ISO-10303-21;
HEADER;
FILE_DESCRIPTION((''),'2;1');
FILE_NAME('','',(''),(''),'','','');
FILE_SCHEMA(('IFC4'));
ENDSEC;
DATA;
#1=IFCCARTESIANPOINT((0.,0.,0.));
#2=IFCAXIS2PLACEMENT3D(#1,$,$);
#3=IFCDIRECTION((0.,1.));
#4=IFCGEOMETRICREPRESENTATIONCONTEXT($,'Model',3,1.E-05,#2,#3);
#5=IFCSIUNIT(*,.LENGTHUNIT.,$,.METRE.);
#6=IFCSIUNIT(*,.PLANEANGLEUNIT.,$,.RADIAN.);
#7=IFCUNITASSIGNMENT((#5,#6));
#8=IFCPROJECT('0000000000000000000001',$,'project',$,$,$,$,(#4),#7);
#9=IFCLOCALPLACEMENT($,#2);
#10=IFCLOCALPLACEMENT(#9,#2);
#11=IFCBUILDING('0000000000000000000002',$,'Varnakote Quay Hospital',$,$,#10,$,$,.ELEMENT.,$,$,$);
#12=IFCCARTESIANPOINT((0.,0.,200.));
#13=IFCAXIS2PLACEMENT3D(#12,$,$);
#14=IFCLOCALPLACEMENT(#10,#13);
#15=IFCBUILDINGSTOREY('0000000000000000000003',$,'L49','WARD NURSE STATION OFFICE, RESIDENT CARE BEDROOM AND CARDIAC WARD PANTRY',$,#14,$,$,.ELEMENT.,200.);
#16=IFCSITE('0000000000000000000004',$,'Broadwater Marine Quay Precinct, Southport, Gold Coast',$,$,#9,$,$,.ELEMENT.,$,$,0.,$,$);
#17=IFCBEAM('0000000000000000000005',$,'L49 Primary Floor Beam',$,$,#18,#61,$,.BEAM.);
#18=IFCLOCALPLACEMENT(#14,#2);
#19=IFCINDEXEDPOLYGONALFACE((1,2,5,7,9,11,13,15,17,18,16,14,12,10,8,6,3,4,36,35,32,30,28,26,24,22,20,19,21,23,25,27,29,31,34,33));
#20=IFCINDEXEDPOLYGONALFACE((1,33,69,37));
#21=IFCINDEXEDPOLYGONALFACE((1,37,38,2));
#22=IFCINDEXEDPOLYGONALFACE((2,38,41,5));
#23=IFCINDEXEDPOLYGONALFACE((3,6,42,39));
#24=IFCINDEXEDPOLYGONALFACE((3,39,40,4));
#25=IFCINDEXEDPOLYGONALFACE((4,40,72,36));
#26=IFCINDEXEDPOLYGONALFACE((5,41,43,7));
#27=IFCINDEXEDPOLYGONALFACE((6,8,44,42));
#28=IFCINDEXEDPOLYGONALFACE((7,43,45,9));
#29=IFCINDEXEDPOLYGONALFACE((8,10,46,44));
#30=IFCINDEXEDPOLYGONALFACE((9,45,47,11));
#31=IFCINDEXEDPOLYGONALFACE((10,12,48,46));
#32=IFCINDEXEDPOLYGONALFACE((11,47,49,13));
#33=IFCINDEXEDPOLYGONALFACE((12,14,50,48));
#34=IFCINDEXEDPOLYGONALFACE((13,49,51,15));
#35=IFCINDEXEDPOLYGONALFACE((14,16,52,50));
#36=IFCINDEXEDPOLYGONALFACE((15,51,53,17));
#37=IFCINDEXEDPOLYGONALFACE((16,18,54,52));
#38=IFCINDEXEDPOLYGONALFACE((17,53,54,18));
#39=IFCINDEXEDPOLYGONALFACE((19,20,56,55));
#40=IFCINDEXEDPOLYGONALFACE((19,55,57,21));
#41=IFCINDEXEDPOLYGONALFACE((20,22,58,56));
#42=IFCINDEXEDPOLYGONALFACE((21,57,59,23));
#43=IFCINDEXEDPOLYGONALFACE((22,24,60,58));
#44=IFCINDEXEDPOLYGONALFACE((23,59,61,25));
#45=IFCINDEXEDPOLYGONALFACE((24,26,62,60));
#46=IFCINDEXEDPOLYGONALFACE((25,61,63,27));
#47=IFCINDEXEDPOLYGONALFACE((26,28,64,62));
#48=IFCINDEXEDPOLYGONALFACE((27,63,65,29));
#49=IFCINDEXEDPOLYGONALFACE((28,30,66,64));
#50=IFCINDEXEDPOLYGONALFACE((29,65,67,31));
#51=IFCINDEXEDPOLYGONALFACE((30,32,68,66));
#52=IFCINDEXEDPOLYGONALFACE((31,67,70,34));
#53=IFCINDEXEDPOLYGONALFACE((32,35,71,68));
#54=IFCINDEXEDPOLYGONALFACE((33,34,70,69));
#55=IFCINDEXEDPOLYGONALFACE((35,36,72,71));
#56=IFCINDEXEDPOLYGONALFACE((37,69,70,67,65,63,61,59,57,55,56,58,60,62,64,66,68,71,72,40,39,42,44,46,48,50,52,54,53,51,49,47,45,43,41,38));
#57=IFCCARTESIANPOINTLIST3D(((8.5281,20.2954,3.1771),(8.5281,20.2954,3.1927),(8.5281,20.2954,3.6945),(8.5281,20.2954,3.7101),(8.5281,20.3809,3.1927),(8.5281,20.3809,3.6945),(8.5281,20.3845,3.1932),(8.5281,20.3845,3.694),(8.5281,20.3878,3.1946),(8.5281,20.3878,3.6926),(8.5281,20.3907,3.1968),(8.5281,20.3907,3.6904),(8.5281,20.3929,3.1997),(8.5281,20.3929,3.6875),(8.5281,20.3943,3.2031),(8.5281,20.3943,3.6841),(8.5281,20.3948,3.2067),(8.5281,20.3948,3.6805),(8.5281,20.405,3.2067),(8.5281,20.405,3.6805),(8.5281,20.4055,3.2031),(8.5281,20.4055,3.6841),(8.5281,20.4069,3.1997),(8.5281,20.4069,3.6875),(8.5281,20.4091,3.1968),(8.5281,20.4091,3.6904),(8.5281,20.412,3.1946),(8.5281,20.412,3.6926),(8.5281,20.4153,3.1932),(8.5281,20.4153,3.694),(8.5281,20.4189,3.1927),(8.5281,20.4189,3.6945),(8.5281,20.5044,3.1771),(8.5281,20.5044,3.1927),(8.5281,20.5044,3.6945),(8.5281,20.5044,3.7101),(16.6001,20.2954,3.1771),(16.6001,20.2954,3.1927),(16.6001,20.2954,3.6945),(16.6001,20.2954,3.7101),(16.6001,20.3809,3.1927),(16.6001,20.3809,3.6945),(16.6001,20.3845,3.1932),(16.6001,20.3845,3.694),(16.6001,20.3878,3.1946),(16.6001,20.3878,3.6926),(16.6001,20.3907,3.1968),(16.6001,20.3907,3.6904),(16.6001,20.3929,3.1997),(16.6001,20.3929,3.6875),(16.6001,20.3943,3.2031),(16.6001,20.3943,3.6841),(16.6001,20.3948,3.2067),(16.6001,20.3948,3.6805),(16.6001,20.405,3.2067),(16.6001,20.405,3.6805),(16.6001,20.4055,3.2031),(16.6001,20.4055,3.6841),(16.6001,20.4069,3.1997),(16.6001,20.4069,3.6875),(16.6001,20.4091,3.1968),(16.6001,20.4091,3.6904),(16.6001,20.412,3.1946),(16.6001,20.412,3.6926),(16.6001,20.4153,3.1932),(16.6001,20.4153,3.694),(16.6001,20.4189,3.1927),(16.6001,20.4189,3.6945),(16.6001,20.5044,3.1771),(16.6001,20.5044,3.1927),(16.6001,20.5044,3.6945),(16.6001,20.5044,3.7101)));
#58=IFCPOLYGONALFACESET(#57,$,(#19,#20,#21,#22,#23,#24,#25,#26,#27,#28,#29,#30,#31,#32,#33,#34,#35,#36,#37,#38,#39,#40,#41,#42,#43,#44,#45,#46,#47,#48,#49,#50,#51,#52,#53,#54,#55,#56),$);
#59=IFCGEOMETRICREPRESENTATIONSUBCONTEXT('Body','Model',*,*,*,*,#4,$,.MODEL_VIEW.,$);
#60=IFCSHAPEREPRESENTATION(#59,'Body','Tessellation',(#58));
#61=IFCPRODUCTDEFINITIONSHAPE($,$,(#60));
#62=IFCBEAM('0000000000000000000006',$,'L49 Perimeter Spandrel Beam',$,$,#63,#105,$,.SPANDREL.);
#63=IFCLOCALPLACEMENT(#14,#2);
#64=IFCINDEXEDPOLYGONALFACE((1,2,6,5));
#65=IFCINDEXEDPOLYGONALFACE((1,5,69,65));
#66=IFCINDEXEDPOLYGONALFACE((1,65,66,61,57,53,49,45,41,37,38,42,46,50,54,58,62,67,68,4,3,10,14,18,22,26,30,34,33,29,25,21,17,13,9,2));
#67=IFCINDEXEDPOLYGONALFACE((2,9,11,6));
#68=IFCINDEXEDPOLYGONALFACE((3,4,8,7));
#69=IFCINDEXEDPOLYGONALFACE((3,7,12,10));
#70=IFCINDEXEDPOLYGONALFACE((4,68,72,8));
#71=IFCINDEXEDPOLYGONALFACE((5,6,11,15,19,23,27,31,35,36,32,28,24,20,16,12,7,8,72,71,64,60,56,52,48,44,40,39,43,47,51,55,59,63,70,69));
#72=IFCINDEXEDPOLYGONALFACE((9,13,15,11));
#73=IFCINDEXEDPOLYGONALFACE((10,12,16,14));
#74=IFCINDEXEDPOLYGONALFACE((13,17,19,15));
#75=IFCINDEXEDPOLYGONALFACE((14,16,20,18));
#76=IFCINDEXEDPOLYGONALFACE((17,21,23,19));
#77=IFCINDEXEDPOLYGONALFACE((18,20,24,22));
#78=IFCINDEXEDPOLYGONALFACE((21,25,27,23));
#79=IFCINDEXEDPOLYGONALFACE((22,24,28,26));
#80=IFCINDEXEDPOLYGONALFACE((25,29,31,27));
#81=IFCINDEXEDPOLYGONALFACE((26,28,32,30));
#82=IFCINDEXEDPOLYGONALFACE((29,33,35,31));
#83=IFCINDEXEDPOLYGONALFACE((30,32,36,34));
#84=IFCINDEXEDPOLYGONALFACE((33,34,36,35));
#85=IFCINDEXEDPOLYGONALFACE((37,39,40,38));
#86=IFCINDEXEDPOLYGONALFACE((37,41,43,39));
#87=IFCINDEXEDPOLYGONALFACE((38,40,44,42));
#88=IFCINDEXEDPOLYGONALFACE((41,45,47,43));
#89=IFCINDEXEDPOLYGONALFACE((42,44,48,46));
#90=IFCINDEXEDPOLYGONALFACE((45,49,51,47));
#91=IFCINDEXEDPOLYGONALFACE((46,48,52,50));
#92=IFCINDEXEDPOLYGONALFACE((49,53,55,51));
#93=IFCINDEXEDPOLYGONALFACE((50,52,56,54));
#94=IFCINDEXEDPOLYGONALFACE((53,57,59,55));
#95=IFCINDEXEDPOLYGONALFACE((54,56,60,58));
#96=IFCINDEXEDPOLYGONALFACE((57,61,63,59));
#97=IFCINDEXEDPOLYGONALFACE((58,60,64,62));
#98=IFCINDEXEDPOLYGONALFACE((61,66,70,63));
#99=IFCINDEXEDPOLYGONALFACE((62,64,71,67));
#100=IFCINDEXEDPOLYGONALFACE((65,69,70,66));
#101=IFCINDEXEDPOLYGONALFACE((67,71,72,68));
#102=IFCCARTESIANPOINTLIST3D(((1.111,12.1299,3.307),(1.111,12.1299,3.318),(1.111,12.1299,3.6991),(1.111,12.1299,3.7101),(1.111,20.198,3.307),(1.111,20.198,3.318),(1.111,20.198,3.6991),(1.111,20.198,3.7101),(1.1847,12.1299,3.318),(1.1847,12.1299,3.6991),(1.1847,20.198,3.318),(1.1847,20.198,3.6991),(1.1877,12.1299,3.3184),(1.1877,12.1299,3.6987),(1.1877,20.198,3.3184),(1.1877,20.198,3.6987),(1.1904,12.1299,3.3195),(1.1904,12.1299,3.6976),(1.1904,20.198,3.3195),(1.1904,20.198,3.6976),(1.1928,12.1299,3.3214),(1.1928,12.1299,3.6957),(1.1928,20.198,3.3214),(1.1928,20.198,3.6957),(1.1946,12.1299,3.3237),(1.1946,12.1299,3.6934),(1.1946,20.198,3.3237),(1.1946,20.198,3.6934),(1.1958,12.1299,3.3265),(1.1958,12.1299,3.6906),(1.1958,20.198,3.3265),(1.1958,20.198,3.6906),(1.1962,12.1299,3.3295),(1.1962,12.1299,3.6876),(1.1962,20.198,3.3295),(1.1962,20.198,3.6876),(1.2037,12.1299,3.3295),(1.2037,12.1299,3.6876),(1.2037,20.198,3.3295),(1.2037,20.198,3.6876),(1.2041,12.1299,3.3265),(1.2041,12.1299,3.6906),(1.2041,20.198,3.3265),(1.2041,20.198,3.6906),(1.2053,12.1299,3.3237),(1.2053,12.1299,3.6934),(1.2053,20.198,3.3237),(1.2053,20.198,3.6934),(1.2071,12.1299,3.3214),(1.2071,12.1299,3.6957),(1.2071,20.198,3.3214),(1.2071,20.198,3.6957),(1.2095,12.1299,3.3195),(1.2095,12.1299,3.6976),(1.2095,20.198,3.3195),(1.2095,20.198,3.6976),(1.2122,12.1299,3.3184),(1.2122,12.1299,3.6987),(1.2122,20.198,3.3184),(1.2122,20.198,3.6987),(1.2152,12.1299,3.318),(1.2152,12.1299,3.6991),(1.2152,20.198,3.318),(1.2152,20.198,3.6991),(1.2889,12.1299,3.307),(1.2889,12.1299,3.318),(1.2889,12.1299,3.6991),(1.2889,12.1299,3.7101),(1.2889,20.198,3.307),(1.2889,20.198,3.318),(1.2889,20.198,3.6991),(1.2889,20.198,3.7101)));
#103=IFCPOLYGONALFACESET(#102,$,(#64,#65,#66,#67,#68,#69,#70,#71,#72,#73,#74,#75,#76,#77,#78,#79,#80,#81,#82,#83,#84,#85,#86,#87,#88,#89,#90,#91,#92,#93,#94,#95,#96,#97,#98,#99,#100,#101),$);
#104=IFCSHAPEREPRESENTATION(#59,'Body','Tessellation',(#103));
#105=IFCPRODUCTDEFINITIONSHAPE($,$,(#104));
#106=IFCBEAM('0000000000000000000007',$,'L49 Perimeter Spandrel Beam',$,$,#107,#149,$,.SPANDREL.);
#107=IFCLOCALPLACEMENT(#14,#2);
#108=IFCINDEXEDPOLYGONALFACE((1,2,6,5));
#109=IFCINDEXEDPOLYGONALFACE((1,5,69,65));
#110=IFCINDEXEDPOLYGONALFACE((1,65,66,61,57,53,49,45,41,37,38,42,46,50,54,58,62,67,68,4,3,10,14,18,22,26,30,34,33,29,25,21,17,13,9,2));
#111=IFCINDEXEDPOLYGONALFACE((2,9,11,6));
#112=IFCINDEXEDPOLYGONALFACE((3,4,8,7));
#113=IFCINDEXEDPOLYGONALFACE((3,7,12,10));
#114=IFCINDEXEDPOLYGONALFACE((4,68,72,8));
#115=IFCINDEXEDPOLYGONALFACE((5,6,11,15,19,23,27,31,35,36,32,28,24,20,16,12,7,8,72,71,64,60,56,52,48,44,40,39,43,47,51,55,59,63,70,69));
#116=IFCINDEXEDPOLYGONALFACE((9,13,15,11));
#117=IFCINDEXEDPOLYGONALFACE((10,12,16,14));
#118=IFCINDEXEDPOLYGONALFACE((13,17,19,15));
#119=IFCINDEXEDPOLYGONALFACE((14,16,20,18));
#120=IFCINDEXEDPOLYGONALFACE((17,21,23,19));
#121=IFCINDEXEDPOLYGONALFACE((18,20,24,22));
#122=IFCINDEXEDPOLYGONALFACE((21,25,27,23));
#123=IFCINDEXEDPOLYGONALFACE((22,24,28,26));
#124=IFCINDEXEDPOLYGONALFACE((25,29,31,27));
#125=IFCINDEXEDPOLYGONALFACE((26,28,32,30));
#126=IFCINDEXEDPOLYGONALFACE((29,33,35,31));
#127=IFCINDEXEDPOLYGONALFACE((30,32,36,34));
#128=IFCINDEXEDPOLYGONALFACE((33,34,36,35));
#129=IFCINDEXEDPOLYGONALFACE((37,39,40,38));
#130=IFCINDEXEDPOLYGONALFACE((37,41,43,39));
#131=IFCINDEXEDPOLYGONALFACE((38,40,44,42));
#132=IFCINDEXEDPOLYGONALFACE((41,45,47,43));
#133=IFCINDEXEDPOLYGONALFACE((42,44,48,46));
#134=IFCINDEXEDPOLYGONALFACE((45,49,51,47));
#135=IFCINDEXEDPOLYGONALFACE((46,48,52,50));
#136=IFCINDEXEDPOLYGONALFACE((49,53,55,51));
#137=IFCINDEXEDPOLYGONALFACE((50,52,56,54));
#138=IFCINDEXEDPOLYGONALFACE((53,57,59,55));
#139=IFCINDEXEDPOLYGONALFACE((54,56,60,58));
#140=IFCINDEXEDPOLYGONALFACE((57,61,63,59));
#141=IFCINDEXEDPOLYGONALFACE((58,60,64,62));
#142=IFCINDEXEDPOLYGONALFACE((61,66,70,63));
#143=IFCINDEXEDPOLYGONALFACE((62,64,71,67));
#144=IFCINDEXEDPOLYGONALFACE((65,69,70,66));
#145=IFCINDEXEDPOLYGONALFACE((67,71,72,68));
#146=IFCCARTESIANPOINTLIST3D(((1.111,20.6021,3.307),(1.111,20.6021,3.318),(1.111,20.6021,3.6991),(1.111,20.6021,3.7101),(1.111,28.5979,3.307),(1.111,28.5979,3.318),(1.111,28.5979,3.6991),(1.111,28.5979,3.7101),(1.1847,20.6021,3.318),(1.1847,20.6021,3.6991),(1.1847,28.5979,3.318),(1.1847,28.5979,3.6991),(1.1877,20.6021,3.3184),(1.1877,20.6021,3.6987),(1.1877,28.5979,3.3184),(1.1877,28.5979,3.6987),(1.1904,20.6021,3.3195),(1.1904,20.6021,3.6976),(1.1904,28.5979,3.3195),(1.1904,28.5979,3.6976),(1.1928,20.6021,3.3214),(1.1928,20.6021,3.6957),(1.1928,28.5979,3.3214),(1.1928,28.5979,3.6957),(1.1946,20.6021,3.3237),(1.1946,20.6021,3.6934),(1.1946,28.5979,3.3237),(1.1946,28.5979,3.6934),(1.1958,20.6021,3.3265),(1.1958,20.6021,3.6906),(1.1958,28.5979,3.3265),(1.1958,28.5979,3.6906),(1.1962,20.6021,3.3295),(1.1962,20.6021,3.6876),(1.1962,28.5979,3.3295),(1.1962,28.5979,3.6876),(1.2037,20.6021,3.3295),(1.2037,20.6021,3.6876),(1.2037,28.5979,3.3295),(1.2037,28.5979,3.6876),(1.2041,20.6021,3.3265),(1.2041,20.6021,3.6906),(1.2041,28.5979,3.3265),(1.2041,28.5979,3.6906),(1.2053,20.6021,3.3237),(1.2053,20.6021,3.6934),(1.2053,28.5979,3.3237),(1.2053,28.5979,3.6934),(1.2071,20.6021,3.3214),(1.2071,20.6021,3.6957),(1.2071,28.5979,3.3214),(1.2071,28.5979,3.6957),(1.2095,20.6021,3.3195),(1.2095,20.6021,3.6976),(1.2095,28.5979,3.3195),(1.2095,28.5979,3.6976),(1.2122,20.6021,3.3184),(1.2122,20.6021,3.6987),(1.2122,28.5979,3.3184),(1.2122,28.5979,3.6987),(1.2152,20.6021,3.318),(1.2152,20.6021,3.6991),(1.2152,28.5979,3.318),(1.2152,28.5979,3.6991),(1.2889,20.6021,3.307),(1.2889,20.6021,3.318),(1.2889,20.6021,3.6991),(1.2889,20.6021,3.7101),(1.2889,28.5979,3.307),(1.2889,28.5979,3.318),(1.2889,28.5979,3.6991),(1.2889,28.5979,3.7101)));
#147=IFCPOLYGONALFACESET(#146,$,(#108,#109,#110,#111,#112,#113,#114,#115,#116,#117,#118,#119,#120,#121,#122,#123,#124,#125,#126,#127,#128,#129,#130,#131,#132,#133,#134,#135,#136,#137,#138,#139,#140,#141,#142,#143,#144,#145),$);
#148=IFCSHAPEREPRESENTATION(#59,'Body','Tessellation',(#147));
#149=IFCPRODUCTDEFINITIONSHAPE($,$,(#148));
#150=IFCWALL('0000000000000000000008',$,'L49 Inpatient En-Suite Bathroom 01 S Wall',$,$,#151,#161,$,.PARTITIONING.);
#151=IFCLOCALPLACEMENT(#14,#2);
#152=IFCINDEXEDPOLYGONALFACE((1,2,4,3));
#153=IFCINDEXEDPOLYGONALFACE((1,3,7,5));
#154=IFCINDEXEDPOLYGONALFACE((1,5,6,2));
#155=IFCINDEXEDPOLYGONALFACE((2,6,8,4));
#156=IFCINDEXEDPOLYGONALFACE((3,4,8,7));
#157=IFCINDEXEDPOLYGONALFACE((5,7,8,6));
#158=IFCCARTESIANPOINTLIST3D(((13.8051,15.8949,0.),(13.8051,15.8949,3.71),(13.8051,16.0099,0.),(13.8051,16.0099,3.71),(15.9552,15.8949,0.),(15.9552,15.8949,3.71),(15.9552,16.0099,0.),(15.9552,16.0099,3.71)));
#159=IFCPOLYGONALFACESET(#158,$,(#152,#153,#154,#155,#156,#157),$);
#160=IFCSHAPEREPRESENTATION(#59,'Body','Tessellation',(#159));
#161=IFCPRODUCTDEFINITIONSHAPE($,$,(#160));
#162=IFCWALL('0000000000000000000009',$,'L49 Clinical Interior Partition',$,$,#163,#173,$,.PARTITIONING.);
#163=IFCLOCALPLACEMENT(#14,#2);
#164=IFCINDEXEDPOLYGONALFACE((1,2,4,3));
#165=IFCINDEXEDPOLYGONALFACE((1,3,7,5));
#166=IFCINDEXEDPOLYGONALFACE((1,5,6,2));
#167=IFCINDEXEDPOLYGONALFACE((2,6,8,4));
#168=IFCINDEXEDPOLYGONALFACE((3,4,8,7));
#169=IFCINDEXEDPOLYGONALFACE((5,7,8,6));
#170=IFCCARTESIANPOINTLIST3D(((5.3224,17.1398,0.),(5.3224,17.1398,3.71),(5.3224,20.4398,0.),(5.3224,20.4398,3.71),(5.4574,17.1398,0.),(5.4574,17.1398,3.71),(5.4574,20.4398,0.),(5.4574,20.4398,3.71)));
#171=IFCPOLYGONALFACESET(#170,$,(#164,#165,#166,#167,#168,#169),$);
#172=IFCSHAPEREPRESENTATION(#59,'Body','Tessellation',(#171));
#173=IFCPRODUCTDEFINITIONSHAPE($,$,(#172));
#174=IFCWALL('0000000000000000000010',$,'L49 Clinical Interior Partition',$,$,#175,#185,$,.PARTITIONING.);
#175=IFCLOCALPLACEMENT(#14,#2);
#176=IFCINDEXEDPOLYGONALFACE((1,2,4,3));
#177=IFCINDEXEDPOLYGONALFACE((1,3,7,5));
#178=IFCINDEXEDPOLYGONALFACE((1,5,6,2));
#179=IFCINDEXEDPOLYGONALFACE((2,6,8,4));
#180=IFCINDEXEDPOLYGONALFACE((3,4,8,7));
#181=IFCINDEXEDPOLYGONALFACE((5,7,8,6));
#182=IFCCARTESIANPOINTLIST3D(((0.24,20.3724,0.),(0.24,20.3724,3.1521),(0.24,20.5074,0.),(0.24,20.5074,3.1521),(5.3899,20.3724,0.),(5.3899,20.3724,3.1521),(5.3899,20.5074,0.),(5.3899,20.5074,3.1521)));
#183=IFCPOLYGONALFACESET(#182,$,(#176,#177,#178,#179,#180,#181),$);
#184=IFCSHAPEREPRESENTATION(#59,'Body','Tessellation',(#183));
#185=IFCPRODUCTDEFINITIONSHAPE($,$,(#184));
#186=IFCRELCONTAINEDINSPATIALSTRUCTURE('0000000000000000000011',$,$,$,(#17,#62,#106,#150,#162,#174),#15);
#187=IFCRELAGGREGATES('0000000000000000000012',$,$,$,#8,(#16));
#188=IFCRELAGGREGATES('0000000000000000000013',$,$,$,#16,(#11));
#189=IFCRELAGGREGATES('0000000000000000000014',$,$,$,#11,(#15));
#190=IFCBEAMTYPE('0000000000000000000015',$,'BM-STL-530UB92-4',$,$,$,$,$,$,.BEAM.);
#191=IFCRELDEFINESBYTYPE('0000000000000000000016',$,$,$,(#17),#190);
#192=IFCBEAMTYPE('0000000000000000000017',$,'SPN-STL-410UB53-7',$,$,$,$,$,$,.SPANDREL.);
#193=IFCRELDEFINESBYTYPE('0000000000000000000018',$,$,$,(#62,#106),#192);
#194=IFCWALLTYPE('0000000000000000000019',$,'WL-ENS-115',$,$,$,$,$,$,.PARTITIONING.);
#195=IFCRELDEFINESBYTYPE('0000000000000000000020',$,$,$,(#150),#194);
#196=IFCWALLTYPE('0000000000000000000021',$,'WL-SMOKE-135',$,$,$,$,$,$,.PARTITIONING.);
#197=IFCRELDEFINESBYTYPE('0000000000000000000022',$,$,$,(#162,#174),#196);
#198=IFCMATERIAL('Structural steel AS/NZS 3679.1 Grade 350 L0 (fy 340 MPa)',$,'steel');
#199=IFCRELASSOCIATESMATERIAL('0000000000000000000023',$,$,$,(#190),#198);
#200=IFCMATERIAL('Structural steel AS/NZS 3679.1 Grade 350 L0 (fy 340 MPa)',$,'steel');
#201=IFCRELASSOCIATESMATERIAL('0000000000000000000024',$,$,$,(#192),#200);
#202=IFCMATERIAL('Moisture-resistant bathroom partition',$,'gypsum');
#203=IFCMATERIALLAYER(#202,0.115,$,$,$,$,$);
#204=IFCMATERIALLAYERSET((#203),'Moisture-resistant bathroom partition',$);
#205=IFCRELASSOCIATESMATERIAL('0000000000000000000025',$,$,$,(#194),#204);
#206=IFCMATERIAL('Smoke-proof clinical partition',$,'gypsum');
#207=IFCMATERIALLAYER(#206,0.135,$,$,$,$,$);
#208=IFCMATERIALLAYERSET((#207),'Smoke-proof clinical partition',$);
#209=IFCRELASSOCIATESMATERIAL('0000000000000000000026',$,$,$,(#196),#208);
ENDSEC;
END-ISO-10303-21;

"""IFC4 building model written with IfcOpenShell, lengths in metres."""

from ifc_helpers import new_model, si_unit, direction, frame, frame_2d, origin, origin_2d, place, context, subcontext, project, spatial, rectangle, i_section, extrude, material, layer, layer_set, material_profile, profile_set, type_object, element, save


model = new_model("IFC4")

# Units and contexts
model_context = context("Model", 3, precision=1e-05, world=origin(), true_north=direction((0.0, 1.0)))
body_context = subcontext(model_context, "Body", "Model", "MODEL_VIEW")
ifc_project = project(units=[si_unit("LENGTHUNIT", "METRE"), si_unit("PLANEANGLEUNIT", "RADIAN")], contexts=[model_context])

# Site, building, storey
site_placement = place(None, origin())
site = spatial("IfcSite", under=ifc_project, at=site_placement, Name="Broadwater Marine Quay Precinct, Southport, Gold Coast", CompositionType="ELEMENT", RefElevation=0.0)
building_placement = place(site_placement, origin())
building = spatial("IfcBuilding", under=site, at=building_placement, Name="Varnakote Quay Hospital", CompositionType="ELEMENT")
storey_placement = place(building_placement, frame((0.0, 0.0, 200.0)))
storey = spatial("IfcBuildingStorey", under=building, at=storey_placement, Name="L49", Description="WARD NURSE STATION OFFICE, RESIDENT CARE BEDROOM AND CARDIAC WARD PANTRY", CompositionType="ELEMENT", Elevation=200.0)

# Beams
ifc_material_1 = material(Name="Structural steel AS/NZS 3679.1 Grade 350 L0 (fy 340 MPa)", Category="steel")
ifc_material_profile_1 = material_profile(ifc_material_1, i_section(OverallWidth=0.209, OverallDepth=0.533, WebThickness=0.0103, FlangeThickness=0.0156, FilletRadius=0.0139, at=origin_2d()), Name="530UB92.4")
ifc_profile_set_1 = profile_set([ifc_material_profile_1], Name="Structural steel AS/NZS 3679.1 Grade 350 L0 (fy 340 MPa)")
beam_type_1 = type_object("IfcBeamType", Name="BM-STL-530UB92-4", PredefinedType="BEAM", material=ifc_profile_set_1)
beam_1_placement = place(storey_placement, frame((8.5281, 20.3999, 3.4436), z_axis=(1.0, 0.0, 0.0), x_axis=(0.0, 1.0, 0.0)))
element("IfcBeam", 1, at=beam_1_placement, inside=storey, type_object=beam_type_1, Name="L49 Primary Floor Beam", PredefinedType="BEAM", context=body_context, shape_type="SweptSolid", body=[
    extrude(i_section(OverallWidth=0.209, OverallDepth=0.533, WebThickness=0.0103, FlangeThickness=0.0156, FilletRadius=0.0139, at=origin_2d()), origin(), (0.0, 0.0, 1.0), 8.072),
])
ifc_material_2 = material(Name="Structural steel AS/NZS 3679.1 Grade 350 L0 (fy 340 MPa)", Category="steel")
ifc_material_profile_2 = material_profile(ifc_material_2, i_section(OverallWidth=0.178, OverallDepth=0.4031, WebThickness=0.0076, FlangeThickness=0.011, FilletRadius=0.0115, at=origin_2d()), Name="410UB53.7")
ifc_profile_set_2 = profile_set([ifc_material_profile_2], Name="Structural steel AS/NZS 3679.1 Grade 350 L0 (fy 340 MPa)")
beam_type_2 = type_object("IfcBeamType", Name="SPN-STL-410UB53-7", PredefinedType="SPANDREL", material=ifc_profile_set_2)
beam_2_placement = place(storey_placement, frame((1.2, 12.1299, 3.5085), z_axis=(0.0, 1.0, 0.0), x_axis=(-1.0, 0.0, 0.0)))
element("IfcBeam", 2, at=beam_2_placement, inside=storey, type_object=beam_type_2, Name="L49 Perimeter Spandrel Beam", PredefinedType="SPANDREL", context=body_context, shape_type="SweptSolid", body=[
    extrude(i_section(OverallWidth=0.178, OverallDepth=0.4031, WebThickness=0.0076, FlangeThickness=0.011, FilletRadius=0.0115, at=origin_2d()), origin(), (0.0, 0.0, 1.0), 8.0681),
])
beam_3_placement = place(storey_placement, frame((1.2, 20.6021, 3.5085), z_axis=(0.0, 1.0, 0.0), x_axis=(-1.0, 0.0, 0.0)))
element("IfcBeam", 3, at=beam_3_placement, inside=storey, type_object=beam_type_2, Name="L49 Perimeter Spandrel Beam", PredefinedType="SPANDREL", context=body_context, shape_type="SweptSolid", body=[
    extrude(i_section(OverallWidth=0.178, OverallDepth=0.4031, WebThickness=0.0076, FlangeThickness=0.011, FilletRadius=0.0115, at=origin_2d()), origin(), (0.0, 0.0, 1.0), 7.9958),
])

# Walls
ifc_material_3 = material(Name="Moisture-resistant bathroom partition", Category="gypsum")
ifc_layer_1 = layer(ifc_material_3, 0.115)
ifc_layer_set_1 = layer_set([ifc_layer_1], Name="Moisture-resistant bathroom partition")
wall_type_1 = type_object("IfcWallType", Name="WL-ENS-115", PredefinedType="PARTITIONING", material=ifc_layer_set_1)
wall_1_placement = place(storey_placement, frame((13.8049, 15.9524, 0.0), z_axis=(0.0, 0.0, 1.0), x_axis=(1.0, 0.0, 0.0)))
element("IfcWall", 4, at=wall_1_placement, inside=storey, type_object=wall_type_1, Name="L49 Inpatient En-Suite Bathroom 01 S Wall", PredefinedType="PARTITIONING", context=body_context, shape_type="SweptSolid", body=[
    extrude(rectangle(XDim=2.1501, YDim=0.115, at=frame_2d((1.0752, 0.0))), origin(), (0.0, 0.0, 1.0), 3.71),
])
ifc_material_4 = material(Name="Smoke-proof clinical partition", Category="gypsum")
ifc_layer_2 = layer(ifc_material_4, 0.135)
ifc_layer_set_2 = layer_set([ifc_layer_2], Name="Smoke-proof clinical partition")
wall_type_2 = type_object("IfcWallType", Name="WL-SMOKE-135", PredefinedType="PARTITIONING", material=ifc_layer_set_2)
wall_2_placement = place(storey_placement, frame((5.3899, 17.1399, 0.0), z_axis=(0.0, 0.0, 1.0), x_axis=(0.0, 1.0, 0.0)))
element("IfcWall", 5, at=wall_2_placement, inside=storey, type_object=wall_type_2, Name="L49 Clinical Interior Partition", PredefinedType="PARTITIONING", context=body_context, shape_type="SweptSolid", body=[
    extrude(rectangle(XDim=3.3, YDim=0.135, at=frame_2d((1.6499, 0.0))), origin(), (0.0, 0.0, 1.0), 3.71),
])
wall_3_placement = place(storey_placement, frame((5.3899, 20.4399, 0.0), z_axis=(0.0, 0.0, 1.0), x_axis=(-1.0, 0.0, 0.0)))
element("IfcWall", 6, at=wall_3_placement, inside=storey, type_object=wall_type_2, Name="L49 Clinical Interior Partition", PredefinedType="PARTITIONING", context=body_context, shape_type="SweptSolid", body=[
    extrude(rectangle(XDim=5.1499, YDim=0.135, at=frame_2d((2.575, 0.0))), origin(), (0.0, 0.0, 1.0), 3.1521),
])

save(model, "model.ifc")
